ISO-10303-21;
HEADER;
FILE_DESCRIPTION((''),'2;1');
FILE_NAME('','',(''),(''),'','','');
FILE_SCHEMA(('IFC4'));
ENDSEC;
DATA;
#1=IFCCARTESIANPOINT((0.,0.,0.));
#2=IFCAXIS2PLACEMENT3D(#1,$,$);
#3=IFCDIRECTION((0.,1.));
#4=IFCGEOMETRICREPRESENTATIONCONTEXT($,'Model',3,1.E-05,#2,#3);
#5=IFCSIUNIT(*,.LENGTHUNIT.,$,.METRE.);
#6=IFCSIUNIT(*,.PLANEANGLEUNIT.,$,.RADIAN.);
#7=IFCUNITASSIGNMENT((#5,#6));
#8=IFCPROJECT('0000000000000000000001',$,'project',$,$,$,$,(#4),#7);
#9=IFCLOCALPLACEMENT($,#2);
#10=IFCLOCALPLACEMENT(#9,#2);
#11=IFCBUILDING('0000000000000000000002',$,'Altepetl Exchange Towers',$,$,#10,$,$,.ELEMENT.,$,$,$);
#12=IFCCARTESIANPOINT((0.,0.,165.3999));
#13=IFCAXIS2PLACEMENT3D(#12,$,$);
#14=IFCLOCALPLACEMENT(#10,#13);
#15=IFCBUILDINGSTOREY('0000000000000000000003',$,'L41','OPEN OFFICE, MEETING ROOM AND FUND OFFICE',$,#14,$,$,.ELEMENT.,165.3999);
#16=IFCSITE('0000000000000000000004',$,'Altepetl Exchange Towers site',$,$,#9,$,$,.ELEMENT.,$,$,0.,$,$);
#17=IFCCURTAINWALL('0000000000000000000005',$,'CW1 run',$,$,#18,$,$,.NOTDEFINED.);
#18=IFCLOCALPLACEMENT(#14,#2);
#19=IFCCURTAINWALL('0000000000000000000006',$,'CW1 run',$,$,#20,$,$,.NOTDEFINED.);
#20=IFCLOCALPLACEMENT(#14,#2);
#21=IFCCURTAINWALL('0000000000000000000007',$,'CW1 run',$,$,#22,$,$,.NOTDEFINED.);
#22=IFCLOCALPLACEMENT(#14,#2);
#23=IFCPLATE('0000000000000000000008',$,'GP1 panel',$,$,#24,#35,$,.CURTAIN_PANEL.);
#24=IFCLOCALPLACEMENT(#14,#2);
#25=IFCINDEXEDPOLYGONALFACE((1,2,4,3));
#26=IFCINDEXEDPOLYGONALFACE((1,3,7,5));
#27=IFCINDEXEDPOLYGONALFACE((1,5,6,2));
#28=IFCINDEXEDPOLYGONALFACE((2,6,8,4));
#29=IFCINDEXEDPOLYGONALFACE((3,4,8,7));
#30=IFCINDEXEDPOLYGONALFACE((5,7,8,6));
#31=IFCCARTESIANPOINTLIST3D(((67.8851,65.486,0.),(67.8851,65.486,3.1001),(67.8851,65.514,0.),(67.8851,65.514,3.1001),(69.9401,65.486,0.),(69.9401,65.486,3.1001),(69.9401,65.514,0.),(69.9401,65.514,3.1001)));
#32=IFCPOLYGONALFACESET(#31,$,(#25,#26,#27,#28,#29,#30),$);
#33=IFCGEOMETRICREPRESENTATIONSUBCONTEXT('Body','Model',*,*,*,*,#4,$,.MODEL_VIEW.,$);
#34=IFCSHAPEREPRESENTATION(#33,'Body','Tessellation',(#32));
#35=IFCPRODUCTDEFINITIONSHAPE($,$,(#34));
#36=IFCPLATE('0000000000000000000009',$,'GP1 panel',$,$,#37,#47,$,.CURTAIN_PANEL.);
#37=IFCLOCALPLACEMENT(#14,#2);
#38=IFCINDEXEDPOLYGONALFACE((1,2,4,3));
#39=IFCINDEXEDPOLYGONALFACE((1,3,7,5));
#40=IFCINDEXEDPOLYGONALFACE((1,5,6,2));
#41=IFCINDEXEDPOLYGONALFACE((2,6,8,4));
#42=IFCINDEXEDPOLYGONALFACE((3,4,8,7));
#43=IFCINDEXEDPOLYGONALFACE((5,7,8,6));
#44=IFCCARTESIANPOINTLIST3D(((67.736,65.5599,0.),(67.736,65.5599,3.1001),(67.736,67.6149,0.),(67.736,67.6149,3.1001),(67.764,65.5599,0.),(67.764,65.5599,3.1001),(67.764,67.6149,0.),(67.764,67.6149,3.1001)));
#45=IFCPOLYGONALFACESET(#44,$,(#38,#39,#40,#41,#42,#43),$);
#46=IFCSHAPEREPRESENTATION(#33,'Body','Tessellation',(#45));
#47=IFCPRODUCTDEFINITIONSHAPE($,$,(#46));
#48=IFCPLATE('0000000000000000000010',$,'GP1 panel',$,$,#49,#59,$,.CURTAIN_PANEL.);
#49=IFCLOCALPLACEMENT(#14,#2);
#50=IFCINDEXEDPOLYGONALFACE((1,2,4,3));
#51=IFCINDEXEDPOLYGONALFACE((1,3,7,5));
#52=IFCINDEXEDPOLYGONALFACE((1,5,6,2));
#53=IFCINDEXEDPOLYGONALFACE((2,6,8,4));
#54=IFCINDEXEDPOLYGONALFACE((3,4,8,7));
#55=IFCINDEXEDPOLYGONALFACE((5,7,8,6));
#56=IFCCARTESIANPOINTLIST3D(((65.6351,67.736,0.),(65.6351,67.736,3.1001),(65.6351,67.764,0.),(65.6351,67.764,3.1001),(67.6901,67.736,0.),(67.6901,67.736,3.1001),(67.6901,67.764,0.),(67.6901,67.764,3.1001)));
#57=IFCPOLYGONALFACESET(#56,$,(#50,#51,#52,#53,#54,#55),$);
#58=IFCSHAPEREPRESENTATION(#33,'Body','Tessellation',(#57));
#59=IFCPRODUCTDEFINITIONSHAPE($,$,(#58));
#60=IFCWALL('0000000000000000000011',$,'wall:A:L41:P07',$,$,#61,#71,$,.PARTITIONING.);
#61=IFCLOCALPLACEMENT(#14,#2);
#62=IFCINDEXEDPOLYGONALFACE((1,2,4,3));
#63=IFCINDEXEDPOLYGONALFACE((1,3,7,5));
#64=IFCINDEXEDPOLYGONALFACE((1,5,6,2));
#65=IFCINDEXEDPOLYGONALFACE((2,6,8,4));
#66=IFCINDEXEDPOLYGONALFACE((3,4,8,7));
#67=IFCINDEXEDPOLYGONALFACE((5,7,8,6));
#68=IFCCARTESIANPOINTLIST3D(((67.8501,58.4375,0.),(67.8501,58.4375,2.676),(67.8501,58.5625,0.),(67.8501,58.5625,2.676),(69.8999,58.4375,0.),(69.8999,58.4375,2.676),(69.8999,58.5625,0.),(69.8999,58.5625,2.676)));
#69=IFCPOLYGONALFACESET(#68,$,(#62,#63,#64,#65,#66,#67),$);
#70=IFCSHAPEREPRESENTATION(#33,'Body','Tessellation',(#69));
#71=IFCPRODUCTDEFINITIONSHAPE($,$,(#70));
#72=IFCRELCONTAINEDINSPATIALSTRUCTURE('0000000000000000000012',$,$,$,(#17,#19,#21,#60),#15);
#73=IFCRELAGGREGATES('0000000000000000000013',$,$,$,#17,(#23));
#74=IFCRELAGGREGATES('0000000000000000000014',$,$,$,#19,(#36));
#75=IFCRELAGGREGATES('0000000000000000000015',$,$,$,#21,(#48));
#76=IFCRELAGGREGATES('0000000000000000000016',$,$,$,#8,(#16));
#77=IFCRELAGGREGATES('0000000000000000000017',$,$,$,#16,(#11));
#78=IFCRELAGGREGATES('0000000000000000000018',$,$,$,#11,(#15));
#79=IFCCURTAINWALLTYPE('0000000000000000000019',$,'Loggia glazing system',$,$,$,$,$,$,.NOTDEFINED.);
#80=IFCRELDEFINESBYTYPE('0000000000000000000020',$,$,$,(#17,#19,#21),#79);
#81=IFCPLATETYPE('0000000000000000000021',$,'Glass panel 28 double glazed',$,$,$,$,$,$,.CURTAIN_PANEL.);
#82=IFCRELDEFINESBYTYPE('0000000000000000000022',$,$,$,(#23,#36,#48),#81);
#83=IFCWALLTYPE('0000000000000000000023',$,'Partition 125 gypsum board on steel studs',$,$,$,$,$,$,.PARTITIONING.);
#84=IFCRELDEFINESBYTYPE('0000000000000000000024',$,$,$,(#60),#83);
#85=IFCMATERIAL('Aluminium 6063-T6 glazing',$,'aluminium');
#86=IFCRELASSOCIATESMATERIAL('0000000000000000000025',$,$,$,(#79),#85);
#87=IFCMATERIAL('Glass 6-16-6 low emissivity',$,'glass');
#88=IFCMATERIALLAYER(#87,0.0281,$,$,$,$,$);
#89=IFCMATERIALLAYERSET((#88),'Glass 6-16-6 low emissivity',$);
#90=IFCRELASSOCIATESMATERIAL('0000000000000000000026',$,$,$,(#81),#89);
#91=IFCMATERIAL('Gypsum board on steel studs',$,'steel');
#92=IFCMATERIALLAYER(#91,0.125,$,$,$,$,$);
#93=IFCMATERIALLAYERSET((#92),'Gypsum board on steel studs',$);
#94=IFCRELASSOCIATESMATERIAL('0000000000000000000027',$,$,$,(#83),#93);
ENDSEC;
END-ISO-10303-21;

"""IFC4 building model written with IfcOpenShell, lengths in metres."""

from ifc_helpers import new_model, si_unit, direction, frame, frame_2d, origin, origin_2d, place, context, subcontext, project, spatial, rectangle, extrude, material, layer, layer_set, type_object, element, aggregate, save


model = new_model("IFC4")

# Units and contexts
model_context = context("Model", 3, precision=1e-05, world=origin(), true_north=direction((0.0, 1.0)))
body_context = subcontext(model_context, "Body", "Model", "MODEL_VIEW")
ifc_project = project(units=[si_unit("LENGTHUNIT", "METRE"), si_unit("PLANEANGLEUNIT", "RADIAN")], contexts=[model_context])

# Site, building, storey
site_placement = place(None, origin())
site = spatial("IfcSite", under=ifc_project, at=site_placement, Name="Altepetl Exchange Towers site", CompositionType="ELEMENT", RefElevation=0.0)
building_placement = place(site_placement, origin())
building = spatial("IfcBuilding", under=site, at=building_placement, Name="Altepetl Exchange Towers", CompositionType="ELEMENT")
storey_placement = place(building_placement, frame((0.0, 0.0, 165.3999)))
storey = spatial("IfcBuildingStorey", under=building, at=storey_placement, Name="L41", Description="OPEN OFFICE, MEETING ROOM AND FUND OFFICE", CompositionType="ELEMENT", Elevation=165.3999)

# Curtain walls
ifc_material_1 = material(Name="Aluminium 6063-T6 glazing", Category="aluminium")
curtain_wall_type = type_object("IfcCurtainWallType", Name="Loggia glazing system", PredefinedType="NOTDEFINED", material=ifc_material_1)
curtain_wall_1_placement = place(storey_placement, origin())
curtain_wall_1 = element("IfcCurtainWall", 1, at=curtain_wall_1_placement, inside=storey, type_object=curtain_wall_type, Name="CW1 run", PredefinedType="NOTDEFINED")
curtain_wall_2_placement = place(storey_placement, origin())
curtain_wall_2 = element("IfcCurtainWall", 2, at=curtain_wall_2_placement, inside=storey, type_object=curtain_wall_type, Name="CW1 run", PredefinedType="NOTDEFINED")
curtain_wall_3_placement = place(storey_placement, origin())
curtain_wall_3 = element("IfcCurtainWall", 3, at=curtain_wall_3_placement, inside=storey, type_object=curtain_wall_type, Name="CW1 run", PredefinedType="NOTDEFINED")

# Plates
ifc_material_2 = material(Name="Glass 6-16-6 low emissivity", Category="glass")
ifc_layer_1 = layer(ifc_material_2, 0.0281)
ifc_layer_set_1 = layer_set([ifc_layer_1], Name="Glass 6-16-6 low emissivity")
plate_type = type_object("IfcPlateType", Name="Glass panel 28 double glazed", PredefinedType="CURTAIN_PANEL", material=ifc_layer_set_1)
plate_1_placement = place(storey_placement, frame((68.9126, 65.5, 0.0), z_axis=(0.0, 0.0, 1.0), x_axis=(-1.0, 0.0, 0.0)))
plate_1 = element("IfcPlate", 4, at=plate_1_placement, type_object=plate_type, Name="GP1 panel", PredefinedType="CURTAIN_PANEL", context=body_context, shape_type="SweptSolid", body=[
    extrude(rectangle(XDim=2.0549, YDim=0.0281, at=origin_2d()), origin(), (0.0, 0.0, 1.0), 3.1001),
])
aggregate(curtain_wall_1, [plate_1])
plate_2_placement = place(storey_placement, frame((67.75, 66.5874, 0.0), z_axis=(0.0, 0.0, 1.0), x_axis=(0.0, 1.0, 0.0)))
plate_2 = element("IfcPlate", 5, at=plate_2_placement, type_object=plate_type, Name="GP1 panel", PredefinedType="CURTAIN_PANEL", context=body_context, shape_type="SweptSolid", body=[
    extrude(rectangle(XDim=2.0549, YDim=0.0281, at=origin_2d()), origin(), (0.0, 0.0, 1.0), 3.1001),
])
aggregate(curtain_wall_2, [plate_2])
plate_3_placement = place(storey_placement, frame((66.6626, 67.75, 0.0), z_axis=(0.0, 0.0, 1.0), x_axis=(-1.0, 0.0, 0.0)))
plate_3 = element("IfcPlate", 6, at=plate_3_placement, type_object=plate_type, Name="GP1 panel", PredefinedType="CURTAIN_PANEL", context=body_context, shape_type="SweptSolid", body=[
    extrude(rectangle(XDim=2.0549, YDim=0.0281, at=origin_2d()), origin(), (0.0, 0.0, 1.0), 3.1001),
])
aggregate(curtain_wall_3, [plate_3])

# Wall
ifc_material_3 = material(Name="Gypsum board on steel studs", Category="steel")
ifc_layer_2 = layer(ifc_material_3, 0.125)
ifc_layer_set_2 = layer_set([ifc_layer_2], Name="Gypsum board on steel studs")
wall_type = type_object("IfcWallType", Name="Partition 125 gypsum board on steel studs", PredefinedType="PARTITIONING", material=ifc_layer_set_2)
wall_placement = place(storey_placement, frame((67.8501, 58.5, 0.0)))
element("IfcWall", 7, at=wall_placement, inside=storey, type_object=wall_type, Name="wall:A:L41:P07", PredefinedType="PARTITIONING", context=body_context, shape_type="SweptSolid", body=[
    extrude(rectangle(XDim=2.0498, YDim=0.125, at=frame_2d((1.0249, 0.0))), origin(), (0.0, 0.0, 1.0), 2.676),
])

save(model, "model.ifc")
